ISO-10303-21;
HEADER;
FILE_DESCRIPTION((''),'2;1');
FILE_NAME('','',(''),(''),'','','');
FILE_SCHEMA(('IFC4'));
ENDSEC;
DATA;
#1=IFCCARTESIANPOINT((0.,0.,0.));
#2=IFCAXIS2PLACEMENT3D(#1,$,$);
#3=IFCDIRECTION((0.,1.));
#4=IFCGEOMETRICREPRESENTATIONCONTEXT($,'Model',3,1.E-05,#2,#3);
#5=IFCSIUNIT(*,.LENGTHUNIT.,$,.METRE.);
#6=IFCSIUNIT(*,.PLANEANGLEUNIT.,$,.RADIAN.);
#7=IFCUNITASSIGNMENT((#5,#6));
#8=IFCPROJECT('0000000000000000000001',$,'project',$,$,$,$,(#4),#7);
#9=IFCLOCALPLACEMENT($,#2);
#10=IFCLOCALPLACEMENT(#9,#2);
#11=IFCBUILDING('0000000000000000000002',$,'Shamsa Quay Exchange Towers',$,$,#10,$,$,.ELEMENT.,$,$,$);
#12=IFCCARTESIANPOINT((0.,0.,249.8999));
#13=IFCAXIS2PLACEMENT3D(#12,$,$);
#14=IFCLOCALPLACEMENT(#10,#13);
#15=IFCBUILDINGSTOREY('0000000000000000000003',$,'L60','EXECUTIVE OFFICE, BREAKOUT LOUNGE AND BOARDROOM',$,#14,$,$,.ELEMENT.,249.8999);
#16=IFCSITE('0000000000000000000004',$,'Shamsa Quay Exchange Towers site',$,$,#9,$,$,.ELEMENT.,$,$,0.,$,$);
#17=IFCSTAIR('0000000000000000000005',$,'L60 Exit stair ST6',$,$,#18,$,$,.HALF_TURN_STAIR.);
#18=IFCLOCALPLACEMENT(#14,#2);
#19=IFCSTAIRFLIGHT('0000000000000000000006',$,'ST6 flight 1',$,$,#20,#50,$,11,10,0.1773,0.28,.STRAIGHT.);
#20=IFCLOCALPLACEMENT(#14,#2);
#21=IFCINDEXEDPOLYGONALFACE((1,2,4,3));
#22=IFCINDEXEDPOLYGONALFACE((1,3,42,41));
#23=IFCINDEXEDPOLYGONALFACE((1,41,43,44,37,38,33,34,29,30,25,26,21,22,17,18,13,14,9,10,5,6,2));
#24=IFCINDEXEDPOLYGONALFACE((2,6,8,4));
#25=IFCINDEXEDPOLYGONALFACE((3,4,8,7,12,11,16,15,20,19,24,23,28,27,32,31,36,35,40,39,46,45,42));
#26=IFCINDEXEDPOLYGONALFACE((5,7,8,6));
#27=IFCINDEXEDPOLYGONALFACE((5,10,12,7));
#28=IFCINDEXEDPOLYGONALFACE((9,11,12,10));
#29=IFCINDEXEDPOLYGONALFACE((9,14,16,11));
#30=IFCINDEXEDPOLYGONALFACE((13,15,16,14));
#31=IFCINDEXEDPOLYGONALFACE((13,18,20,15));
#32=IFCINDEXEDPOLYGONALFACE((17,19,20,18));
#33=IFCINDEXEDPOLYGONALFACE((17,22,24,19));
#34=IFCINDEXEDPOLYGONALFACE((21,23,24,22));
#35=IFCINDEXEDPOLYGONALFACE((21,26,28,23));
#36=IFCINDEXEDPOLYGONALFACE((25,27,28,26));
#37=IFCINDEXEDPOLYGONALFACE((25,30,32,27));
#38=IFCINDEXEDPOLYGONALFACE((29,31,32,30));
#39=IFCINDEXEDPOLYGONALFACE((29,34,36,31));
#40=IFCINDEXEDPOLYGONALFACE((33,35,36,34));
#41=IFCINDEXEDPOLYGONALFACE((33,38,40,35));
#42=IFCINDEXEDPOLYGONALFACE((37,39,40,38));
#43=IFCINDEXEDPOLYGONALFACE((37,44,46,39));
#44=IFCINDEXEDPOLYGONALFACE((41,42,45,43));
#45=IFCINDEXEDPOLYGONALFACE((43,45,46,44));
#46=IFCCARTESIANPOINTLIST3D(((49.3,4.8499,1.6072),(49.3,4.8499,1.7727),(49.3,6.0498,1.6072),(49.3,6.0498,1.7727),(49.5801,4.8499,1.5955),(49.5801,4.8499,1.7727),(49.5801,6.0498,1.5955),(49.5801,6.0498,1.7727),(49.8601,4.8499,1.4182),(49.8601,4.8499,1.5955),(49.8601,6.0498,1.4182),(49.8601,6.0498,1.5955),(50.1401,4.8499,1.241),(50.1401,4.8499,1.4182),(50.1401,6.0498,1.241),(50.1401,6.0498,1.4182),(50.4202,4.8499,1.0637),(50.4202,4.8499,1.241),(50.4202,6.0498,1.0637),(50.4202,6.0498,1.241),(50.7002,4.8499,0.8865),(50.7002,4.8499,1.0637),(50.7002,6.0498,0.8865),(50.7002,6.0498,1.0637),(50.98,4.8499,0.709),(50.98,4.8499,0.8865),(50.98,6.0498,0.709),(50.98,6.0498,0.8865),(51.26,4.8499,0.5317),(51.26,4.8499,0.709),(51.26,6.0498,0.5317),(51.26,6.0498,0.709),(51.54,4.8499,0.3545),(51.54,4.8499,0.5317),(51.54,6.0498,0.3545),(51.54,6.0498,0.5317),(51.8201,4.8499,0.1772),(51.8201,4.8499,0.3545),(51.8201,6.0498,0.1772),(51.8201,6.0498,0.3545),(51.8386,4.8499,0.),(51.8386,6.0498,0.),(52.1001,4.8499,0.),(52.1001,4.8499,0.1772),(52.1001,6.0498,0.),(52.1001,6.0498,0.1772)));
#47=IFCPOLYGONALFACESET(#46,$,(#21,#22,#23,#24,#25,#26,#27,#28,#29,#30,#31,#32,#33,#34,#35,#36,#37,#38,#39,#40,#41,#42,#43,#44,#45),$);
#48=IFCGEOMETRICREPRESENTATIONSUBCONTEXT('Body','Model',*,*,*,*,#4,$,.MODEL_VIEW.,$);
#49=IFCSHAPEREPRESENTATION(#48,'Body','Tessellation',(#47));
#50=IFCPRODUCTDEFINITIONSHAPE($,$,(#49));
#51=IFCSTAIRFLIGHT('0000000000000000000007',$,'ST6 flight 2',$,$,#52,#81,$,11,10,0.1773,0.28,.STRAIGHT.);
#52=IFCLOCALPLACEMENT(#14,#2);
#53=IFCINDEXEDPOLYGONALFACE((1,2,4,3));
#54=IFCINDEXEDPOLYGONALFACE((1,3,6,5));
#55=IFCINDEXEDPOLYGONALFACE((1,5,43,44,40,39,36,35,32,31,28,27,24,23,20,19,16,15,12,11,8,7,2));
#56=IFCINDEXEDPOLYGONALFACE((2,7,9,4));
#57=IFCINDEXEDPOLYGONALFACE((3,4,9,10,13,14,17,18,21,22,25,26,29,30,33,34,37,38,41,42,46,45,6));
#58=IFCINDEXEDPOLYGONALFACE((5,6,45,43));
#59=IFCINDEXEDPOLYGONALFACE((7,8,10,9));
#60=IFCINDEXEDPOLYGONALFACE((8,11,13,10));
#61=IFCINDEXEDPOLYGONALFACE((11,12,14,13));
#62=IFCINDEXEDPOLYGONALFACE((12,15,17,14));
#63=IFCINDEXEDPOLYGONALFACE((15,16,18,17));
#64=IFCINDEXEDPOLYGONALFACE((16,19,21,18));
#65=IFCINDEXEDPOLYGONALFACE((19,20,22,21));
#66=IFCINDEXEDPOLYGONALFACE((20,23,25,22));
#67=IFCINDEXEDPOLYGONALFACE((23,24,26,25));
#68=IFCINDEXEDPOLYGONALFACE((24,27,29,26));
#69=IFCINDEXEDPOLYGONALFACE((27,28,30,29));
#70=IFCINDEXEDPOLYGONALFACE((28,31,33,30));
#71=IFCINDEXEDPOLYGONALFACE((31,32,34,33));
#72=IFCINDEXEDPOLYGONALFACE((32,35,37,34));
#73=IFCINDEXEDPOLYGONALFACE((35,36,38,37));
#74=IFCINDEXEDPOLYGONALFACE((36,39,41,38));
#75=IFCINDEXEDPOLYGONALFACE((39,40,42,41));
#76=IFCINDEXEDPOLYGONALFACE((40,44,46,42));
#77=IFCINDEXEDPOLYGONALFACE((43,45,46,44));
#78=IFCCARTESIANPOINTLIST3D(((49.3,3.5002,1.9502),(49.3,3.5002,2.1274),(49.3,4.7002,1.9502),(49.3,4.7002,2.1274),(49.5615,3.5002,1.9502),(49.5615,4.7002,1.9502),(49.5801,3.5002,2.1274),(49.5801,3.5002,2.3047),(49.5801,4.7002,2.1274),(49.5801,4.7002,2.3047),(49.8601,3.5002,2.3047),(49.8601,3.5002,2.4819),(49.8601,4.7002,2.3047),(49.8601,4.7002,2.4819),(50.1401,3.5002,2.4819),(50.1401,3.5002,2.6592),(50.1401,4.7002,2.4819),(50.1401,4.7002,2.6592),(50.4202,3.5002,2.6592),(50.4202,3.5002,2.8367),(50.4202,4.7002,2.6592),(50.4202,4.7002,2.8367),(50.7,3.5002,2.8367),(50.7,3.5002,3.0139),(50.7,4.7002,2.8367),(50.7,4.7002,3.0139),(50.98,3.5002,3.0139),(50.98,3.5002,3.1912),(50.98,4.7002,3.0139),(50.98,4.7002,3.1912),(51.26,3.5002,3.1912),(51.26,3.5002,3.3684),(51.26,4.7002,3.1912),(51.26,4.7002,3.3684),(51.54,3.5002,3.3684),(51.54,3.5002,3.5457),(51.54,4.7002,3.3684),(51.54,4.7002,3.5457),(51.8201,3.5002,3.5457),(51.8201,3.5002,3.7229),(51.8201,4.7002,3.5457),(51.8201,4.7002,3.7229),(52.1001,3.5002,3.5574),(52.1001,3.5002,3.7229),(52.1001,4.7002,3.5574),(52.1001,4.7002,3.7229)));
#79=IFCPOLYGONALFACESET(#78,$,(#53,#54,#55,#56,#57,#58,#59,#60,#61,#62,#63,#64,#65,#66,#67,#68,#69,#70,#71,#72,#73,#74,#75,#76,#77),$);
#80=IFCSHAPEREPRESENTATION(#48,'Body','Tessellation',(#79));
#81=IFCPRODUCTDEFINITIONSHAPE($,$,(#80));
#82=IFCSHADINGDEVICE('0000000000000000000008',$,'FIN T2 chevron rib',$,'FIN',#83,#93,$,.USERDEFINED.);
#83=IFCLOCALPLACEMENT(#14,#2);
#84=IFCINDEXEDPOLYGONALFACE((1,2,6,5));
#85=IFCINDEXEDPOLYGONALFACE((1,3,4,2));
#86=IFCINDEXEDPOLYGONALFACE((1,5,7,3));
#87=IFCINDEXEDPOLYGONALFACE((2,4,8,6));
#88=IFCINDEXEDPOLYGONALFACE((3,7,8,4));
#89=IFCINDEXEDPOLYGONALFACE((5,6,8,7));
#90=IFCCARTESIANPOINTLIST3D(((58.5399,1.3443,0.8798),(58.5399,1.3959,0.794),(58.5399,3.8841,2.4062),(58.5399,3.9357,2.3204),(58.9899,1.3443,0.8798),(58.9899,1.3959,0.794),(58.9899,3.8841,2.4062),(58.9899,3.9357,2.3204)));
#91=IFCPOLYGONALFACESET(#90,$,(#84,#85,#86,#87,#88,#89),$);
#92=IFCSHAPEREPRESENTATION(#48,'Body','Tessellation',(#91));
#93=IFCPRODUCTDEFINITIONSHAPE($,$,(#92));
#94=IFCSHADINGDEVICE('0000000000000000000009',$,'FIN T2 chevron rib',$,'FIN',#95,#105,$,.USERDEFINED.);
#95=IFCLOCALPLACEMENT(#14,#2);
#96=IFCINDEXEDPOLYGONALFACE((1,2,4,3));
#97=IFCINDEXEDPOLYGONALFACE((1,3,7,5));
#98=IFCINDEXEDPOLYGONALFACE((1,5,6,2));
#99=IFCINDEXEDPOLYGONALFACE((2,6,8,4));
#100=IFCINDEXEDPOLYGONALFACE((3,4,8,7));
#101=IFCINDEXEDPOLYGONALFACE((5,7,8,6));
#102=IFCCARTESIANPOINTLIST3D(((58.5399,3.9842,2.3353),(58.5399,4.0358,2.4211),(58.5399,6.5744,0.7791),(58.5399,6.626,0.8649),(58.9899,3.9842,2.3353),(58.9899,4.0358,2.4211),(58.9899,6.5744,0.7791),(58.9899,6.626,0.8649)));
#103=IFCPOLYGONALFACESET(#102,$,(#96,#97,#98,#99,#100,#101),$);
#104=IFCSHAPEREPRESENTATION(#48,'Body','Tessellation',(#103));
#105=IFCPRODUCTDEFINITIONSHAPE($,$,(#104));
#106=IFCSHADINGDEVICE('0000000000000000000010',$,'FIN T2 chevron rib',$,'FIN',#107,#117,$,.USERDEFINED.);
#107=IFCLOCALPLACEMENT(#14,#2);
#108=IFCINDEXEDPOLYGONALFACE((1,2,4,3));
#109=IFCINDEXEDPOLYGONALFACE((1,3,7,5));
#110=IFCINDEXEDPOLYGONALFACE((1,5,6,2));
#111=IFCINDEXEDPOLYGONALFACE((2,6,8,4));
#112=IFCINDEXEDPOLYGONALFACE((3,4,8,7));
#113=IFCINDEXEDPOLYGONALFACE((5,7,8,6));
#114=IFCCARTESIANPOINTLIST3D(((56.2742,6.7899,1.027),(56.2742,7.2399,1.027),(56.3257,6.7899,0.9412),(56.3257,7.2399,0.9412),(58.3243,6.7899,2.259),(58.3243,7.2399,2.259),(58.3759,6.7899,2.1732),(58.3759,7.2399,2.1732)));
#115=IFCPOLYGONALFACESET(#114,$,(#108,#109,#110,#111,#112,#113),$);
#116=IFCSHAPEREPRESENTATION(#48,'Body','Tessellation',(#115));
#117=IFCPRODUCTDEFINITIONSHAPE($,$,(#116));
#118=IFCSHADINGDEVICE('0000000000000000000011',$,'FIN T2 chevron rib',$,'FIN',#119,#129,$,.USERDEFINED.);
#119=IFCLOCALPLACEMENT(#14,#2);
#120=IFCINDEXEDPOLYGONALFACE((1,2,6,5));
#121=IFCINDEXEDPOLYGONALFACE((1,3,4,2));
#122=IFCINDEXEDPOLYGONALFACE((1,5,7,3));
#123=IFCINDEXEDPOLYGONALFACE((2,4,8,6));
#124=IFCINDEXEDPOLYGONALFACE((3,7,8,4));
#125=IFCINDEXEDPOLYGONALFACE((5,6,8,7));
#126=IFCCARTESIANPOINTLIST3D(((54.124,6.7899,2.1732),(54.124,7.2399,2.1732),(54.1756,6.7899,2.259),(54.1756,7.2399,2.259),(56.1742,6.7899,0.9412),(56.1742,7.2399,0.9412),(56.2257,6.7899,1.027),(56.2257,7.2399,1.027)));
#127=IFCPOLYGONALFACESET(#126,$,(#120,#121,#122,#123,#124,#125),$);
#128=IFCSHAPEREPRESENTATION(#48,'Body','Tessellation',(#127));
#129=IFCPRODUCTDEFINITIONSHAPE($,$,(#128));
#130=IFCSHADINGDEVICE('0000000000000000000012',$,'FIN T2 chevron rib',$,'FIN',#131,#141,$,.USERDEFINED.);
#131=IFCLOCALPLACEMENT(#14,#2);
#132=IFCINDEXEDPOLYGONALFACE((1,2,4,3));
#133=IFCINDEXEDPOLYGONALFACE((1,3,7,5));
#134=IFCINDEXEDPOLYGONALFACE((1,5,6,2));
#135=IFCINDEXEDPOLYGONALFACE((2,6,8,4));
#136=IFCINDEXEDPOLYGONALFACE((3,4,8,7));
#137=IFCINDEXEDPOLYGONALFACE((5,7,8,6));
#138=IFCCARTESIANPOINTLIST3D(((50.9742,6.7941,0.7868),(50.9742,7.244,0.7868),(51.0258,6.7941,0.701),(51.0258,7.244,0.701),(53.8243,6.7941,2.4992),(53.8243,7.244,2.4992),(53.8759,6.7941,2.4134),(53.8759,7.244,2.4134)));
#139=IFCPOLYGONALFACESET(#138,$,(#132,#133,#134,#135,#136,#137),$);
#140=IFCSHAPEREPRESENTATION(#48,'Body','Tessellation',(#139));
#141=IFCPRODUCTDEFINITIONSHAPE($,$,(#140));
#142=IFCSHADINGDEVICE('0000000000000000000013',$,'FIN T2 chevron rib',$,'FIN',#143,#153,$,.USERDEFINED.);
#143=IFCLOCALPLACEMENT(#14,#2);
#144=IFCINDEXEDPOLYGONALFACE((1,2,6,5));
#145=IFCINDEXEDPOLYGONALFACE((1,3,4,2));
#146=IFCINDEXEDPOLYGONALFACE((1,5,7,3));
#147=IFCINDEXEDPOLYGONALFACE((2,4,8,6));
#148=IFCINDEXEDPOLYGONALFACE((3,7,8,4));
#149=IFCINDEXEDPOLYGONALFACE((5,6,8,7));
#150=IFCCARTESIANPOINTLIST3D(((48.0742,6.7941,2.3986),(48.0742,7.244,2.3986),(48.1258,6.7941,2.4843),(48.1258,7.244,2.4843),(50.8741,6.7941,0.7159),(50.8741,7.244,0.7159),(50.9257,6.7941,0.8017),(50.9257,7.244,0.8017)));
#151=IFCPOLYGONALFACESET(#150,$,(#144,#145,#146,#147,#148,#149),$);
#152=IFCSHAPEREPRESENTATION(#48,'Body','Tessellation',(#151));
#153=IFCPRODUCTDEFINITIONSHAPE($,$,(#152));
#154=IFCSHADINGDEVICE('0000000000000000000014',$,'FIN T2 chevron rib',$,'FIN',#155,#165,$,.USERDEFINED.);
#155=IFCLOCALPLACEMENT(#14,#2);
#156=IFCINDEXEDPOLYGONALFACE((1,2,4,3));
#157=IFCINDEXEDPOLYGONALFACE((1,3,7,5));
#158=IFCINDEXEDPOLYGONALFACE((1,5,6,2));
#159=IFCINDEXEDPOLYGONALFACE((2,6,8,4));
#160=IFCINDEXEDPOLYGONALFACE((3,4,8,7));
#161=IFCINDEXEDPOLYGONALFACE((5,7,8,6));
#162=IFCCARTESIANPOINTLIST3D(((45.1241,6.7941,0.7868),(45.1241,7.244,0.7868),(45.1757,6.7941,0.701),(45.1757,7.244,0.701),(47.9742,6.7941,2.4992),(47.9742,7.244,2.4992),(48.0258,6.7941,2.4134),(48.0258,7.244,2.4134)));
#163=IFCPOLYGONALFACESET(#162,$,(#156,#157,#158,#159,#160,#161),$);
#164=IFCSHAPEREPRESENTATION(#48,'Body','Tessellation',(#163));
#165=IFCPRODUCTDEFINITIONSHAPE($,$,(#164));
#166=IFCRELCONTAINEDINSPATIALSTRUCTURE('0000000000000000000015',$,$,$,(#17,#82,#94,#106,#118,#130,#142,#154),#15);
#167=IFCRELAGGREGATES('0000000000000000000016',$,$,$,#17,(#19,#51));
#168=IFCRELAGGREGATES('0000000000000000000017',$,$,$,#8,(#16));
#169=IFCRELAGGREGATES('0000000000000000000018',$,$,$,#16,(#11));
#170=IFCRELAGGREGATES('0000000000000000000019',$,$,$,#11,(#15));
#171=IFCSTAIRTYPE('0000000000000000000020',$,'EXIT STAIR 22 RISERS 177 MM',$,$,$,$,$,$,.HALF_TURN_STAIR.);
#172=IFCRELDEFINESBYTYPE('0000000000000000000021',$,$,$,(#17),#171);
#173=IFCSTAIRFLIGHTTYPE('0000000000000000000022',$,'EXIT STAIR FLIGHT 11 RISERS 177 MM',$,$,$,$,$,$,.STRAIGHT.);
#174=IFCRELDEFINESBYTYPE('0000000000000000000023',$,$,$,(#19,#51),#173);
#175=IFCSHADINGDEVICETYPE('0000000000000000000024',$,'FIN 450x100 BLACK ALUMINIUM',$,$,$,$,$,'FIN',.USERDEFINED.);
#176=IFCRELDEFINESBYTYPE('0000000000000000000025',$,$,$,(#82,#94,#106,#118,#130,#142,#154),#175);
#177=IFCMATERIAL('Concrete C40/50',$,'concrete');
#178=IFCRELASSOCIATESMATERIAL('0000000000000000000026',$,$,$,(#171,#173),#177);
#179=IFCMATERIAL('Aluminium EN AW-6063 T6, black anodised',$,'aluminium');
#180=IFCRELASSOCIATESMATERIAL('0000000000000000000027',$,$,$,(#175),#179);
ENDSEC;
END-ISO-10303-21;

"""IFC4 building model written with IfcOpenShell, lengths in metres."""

from ifc_helpers import new_model, si_unit, direction, frame, origin, origin_2d, place, context, subcontext, project, spatial, polyline, rectangle, outline, extrude, material, material_profile, profile_set, type_object, element, aggregate, save


model = new_model("IFC4")

# Units and contexts
model_context = context("Model", 3, precision=1e-05, world=origin(), true_north=direction((0.0, 1.0)))
body_context = subcontext(model_context, "Body", "Model", "MODEL_VIEW")
ifc_project = project(units=[si_unit("LENGTHUNIT", "METRE"), si_unit("PLANEANGLEUNIT", "RADIAN")], contexts=[model_context])

# Site, building, storey
site_placement = place(None, origin())
site = spatial("IfcSite", under=ifc_project, at=site_placement, Name="Shamsa Quay Exchange Towers site", CompositionType="ELEMENT", RefElevation=0.0)
building_placement = place(site_placement, origin())
building = spatial("IfcBuilding", under=site, at=building_placement, Name="Shamsa Quay Exchange Towers", CompositionType="ELEMENT")
storey_placement = place(building_placement, frame((0.0, 0.0, 249.8999)))
storey = spatial("IfcBuildingStorey", under=building, at=storey_placement, Name="L60", Description="EXECUTIVE OFFICE, BREAKOUT LOUNGE AND BOARDROOM", CompositionType="ELEMENT", Elevation=249.8999)

# Shared definitions
ifc_material_1 = material(Name="Aluminium EN AW-6063 T6, black anodised", Category="aluminium")

# Stair, stair flights
ifc_material_2 = material(Name="Concrete C40/50", Category="concrete")
stair_type = type_object("IfcStairType", Name="EXIT STAIR 22 RISERS 177 MM", PredefinedType="HALF_TURN_STAIR", material=ifc_material_2)
stair_placement = place(storey_placement, origin())
stair = element("IfcStair", 1, at=stair_placement, inside=storey, type_object=stair_type, Name="L60 Exit stair ST6", PredefinedType="HALF_TURN_STAIR")
stair_flight_type = type_object("IfcStairFlightType", Name="EXIT STAIR FLIGHT 11 RISERS 177 MM", PredefinedType="STRAIGHT", material=ifc_material_2)
stair_flight_1_placement = place(storey_placement, frame((52.1001, 5.45, 0.0), z_axis=(0.0, 0.0, 1.0), x_axis=(-1.0, 0.0, 0.0)))
stair_flight_1 = element("IfcStairFlight", 2, at=stair_flight_1_placement, type_object=stair_flight_type, Name="ST6 flight 1", NumberOfRisers=11, NumberOfTreads=10, PredefinedType="STRAIGHT", RiserHeight=0.1773, TreadLength=0.28, context=body_context, shape_type="SweptSolid", body=[
    extrude(outline(polyline([(0.0, 0.0), (0.0, 0.1772), (0.28, 0.1772), (0.28, 0.3545), (0.5601, 0.3545), (0.5601, 0.5317), (0.8401, 0.5317), (0.8401, 0.709), (1.1201, 0.709), (1.1201, 0.8865), (1.3999, 0.8865), (1.3999, 1.0637), (1.6799, 1.0637), (1.6799, 1.241), (1.96, 1.241), (1.96, 1.4182), (2.24, 1.4182), (2.24, 1.5955), (2.52, 1.5955), (2.52, 1.7727), (2.8, 1.7727), (2.8, 1.95), (2.8, 1.6072), (0.2615, 0.0), (0.0, 0.0)])), frame((0.0, 0.6001, 0.0), z_axis=(0.0, -1.0, 0.0), x_axis=(1.0, 0.0, 0.0)), (0.0, 0.0, 1.0), 1.2),
])
stair_flight_2_placement = place(storey_placement, frame((49.3, 4.1001, 1.9502)))
stair_flight_2 = element("IfcStairFlight", 3, at=stair_flight_2_placement, type_object=stair_flight_type, Name="ST6 flight 2", NumberOfRisers=11, NumberOfTreads=10, PredefinedType="STRAIGHT", RiserHeight=0.1773, TreadLength=0.28, context=body_context, shape_type="SweptSolid", body=[
    extrude(outline(polyline([(0.0, 0.0), (0.0, 0.1772), (0.28, 0.1772), (0.28, 0.3545), (0.5601, 0.3545), (0.5601, 0.5317), (0.8401, 0.5317), (0.8401, 0.709), (1.1201, 0.709), (1.1201, 0.8865), (1.3999, 0.8865), (1.3999, 1.0637), (1.6799, 1.0637), (1.6799, 1.241), (1.96, 1.241), (1.96, 1.4182), (2.24, 1.4182), (2.24, 1.5955), (2.52, 1.5955), (2.52, 1.7727), (2.8, 1.7727), (2.8, 1.95), (2.8, 1.6072), (0.2615, 0.0), (0.0, 0.0)])), frame((0.0, 0.6001, 0.0), z_axis=(0.0, -1.0, 0.0), x_axis=(1.0, 0.0, 0.0)), (0.0, 0.0, 1.0), 1.2),
])
aggregate(stair, [stair_flight_1, stair_flight_2])

# Shading devices
ifc_material_profile_1 = material_profile(ifc_material_1, rectangle(XDim=0.45, YDim=0.1001, at=origin_2d()), Name="FIN450x100")
ifc_profile_set_1 = profile_set([ifc_material_profile_1], Name="Aluminium EN AW-6063 T6, black anodised")
shading_device_type = type_object("IfcShadingDeviceType", Name="FIN 450x100 BLACK ALUMINIUM", ElementType="FIN", PredefinedType="USERDEFINED", material=ifc_profile_set_1)
shading_device_1_placement = place(storey_placement, frame((58.7649, 1.3701, 0.8369), z_axis=(0.0, 0.857122, 0.515114), x_axis=(-1.0, 0.0, 0.0)))
element("IfcShadingDevice", 4, at=shading_device_1_placement, inside=storey, type_object=shading_device_type, Name="FIN T2 chevron rib", ObjectType="FIN", PredefinedType="USERDEFINED", context=body_context, shape_type="SweptSolid", body=[
    extrude(rectangle(XDim=0.45, YDim=0.1001, at=origin_2d()), origin(), (0.0, 0.0, 1.0), 2.9631),
])
shading_device_2_placement = place(storey_placement, frame((58.7649, 4.01, 2.3782), z_axis=(0.0, 0.857186, -0.515007), x_axis=(-1.0, 0.0, 0.0)))
element("IfcShadingDevice", 5, at=shading_device_2_placement, inside=storey, type_object=shading_device_type, Name="FIN T2 chevron rib", ObjectType="FIN", PredefinedType="USERDEFINED", context=body_context, shape_type="SweptSolid", body=[
    extrude(rectangle(XDim=0.45, YDim=0.1001, at=origin_2d()), origin(), (0.0, 0.0, 1.0), 3.0217),
])
for number, where, z_axis, x_axis, name in (
    (6, (58.3501, 7.0149, 2.2161), (-0.857141, 0.0, -0.515081), (0.0, -1.0, 0.0), "FIN T2 chevron rib"),
    (7, (56.2, 7.0149, 0.9841), (-0.857141, 0.0, 0.515081), (0.0, -1.0, 0.0), "FIN T2 chevron rib"),
):
    element("IfcShadingDevice", number, at=place(storey_placement, frame(where, z_axis=z_axis, x_axis=x_axis)), inside=storey, type_object=shading_device_type, Name=name, ObjectType="FIN", PredefinedType="USERDEFINED", context=body_context, shape_type="SweptSolid", body=[
        extrude(rectangle(XDim=0.45, YDim=0.1001, at=origin_2d()), origin(), (0.0, 0.0, 1.0), 2.3918),
    ])
shading_device_3_placement = place(storey_placement, frame((53.8501, 7.019, 2.4563), z_axis=(-0.857182, 0.0, -0.515014), x_axis=(0.0, -1.0, 0.0)))
element("IfcShadingDevice", 8, at=shading_device_3_placement, inside=storey, type_object=shading_device_type, Name="FIN T2 chevron rib", ObjectType="FIN", PredefinedType="USERDEFINED", context=body_context, shape_type="SweptSolid", body=[
    extrude(rectangle(XDim=0.45, YDim=0.1001, at=origin_2d()), origin(), (0.0, 0.0, 1.0), 3.325),
])
shading_device_4_placement = place(storey_placement, frame((50.8999, 7.019, 0.7588), z_axis=(-0.857123, 0.0, 0.515111), x_axis=(0.0, -1.0, 0.0)))
element("IfcShadingDevice", 9, at=shading_device_4_placement, inside=storey, type_object=shading_device_type, Name="FIN T2 chevron rib", ObjectType="FIN", PredefinedType="USERDEFINED", context=body_context, shape_type="SweptSolid", body=[
    extrude(rectangle(XDim=0.45, YDim=0.1001, at=origin_2d()), origin(), (0.0, 0.0, 1.0), 3.2666),
])
shading_device_5_placement = place(storey_placement, frame((48.0, 7.019, 2.4563), z_axis=(-0.857182, 0.0, -0.515014), x_axis=(0.0, -1.0, 0.0)))
element("IfcShadingDevice", 10, at=shading_device_5_placement, inside=storey, type_object=shading_device_type, Name="FIN T2 chevron rib", ObjectType="FIN", PredefinedType="USERDEFINED", context=body_context, shape_type="SweptSolid", body=[
    extrude(rectangle(XDim=0.45, YDim=0.1001, at=origin_2d()), origin(), (0.0, 0.0, 1.0), 3.325),
])

save(model, "model.ifc")
